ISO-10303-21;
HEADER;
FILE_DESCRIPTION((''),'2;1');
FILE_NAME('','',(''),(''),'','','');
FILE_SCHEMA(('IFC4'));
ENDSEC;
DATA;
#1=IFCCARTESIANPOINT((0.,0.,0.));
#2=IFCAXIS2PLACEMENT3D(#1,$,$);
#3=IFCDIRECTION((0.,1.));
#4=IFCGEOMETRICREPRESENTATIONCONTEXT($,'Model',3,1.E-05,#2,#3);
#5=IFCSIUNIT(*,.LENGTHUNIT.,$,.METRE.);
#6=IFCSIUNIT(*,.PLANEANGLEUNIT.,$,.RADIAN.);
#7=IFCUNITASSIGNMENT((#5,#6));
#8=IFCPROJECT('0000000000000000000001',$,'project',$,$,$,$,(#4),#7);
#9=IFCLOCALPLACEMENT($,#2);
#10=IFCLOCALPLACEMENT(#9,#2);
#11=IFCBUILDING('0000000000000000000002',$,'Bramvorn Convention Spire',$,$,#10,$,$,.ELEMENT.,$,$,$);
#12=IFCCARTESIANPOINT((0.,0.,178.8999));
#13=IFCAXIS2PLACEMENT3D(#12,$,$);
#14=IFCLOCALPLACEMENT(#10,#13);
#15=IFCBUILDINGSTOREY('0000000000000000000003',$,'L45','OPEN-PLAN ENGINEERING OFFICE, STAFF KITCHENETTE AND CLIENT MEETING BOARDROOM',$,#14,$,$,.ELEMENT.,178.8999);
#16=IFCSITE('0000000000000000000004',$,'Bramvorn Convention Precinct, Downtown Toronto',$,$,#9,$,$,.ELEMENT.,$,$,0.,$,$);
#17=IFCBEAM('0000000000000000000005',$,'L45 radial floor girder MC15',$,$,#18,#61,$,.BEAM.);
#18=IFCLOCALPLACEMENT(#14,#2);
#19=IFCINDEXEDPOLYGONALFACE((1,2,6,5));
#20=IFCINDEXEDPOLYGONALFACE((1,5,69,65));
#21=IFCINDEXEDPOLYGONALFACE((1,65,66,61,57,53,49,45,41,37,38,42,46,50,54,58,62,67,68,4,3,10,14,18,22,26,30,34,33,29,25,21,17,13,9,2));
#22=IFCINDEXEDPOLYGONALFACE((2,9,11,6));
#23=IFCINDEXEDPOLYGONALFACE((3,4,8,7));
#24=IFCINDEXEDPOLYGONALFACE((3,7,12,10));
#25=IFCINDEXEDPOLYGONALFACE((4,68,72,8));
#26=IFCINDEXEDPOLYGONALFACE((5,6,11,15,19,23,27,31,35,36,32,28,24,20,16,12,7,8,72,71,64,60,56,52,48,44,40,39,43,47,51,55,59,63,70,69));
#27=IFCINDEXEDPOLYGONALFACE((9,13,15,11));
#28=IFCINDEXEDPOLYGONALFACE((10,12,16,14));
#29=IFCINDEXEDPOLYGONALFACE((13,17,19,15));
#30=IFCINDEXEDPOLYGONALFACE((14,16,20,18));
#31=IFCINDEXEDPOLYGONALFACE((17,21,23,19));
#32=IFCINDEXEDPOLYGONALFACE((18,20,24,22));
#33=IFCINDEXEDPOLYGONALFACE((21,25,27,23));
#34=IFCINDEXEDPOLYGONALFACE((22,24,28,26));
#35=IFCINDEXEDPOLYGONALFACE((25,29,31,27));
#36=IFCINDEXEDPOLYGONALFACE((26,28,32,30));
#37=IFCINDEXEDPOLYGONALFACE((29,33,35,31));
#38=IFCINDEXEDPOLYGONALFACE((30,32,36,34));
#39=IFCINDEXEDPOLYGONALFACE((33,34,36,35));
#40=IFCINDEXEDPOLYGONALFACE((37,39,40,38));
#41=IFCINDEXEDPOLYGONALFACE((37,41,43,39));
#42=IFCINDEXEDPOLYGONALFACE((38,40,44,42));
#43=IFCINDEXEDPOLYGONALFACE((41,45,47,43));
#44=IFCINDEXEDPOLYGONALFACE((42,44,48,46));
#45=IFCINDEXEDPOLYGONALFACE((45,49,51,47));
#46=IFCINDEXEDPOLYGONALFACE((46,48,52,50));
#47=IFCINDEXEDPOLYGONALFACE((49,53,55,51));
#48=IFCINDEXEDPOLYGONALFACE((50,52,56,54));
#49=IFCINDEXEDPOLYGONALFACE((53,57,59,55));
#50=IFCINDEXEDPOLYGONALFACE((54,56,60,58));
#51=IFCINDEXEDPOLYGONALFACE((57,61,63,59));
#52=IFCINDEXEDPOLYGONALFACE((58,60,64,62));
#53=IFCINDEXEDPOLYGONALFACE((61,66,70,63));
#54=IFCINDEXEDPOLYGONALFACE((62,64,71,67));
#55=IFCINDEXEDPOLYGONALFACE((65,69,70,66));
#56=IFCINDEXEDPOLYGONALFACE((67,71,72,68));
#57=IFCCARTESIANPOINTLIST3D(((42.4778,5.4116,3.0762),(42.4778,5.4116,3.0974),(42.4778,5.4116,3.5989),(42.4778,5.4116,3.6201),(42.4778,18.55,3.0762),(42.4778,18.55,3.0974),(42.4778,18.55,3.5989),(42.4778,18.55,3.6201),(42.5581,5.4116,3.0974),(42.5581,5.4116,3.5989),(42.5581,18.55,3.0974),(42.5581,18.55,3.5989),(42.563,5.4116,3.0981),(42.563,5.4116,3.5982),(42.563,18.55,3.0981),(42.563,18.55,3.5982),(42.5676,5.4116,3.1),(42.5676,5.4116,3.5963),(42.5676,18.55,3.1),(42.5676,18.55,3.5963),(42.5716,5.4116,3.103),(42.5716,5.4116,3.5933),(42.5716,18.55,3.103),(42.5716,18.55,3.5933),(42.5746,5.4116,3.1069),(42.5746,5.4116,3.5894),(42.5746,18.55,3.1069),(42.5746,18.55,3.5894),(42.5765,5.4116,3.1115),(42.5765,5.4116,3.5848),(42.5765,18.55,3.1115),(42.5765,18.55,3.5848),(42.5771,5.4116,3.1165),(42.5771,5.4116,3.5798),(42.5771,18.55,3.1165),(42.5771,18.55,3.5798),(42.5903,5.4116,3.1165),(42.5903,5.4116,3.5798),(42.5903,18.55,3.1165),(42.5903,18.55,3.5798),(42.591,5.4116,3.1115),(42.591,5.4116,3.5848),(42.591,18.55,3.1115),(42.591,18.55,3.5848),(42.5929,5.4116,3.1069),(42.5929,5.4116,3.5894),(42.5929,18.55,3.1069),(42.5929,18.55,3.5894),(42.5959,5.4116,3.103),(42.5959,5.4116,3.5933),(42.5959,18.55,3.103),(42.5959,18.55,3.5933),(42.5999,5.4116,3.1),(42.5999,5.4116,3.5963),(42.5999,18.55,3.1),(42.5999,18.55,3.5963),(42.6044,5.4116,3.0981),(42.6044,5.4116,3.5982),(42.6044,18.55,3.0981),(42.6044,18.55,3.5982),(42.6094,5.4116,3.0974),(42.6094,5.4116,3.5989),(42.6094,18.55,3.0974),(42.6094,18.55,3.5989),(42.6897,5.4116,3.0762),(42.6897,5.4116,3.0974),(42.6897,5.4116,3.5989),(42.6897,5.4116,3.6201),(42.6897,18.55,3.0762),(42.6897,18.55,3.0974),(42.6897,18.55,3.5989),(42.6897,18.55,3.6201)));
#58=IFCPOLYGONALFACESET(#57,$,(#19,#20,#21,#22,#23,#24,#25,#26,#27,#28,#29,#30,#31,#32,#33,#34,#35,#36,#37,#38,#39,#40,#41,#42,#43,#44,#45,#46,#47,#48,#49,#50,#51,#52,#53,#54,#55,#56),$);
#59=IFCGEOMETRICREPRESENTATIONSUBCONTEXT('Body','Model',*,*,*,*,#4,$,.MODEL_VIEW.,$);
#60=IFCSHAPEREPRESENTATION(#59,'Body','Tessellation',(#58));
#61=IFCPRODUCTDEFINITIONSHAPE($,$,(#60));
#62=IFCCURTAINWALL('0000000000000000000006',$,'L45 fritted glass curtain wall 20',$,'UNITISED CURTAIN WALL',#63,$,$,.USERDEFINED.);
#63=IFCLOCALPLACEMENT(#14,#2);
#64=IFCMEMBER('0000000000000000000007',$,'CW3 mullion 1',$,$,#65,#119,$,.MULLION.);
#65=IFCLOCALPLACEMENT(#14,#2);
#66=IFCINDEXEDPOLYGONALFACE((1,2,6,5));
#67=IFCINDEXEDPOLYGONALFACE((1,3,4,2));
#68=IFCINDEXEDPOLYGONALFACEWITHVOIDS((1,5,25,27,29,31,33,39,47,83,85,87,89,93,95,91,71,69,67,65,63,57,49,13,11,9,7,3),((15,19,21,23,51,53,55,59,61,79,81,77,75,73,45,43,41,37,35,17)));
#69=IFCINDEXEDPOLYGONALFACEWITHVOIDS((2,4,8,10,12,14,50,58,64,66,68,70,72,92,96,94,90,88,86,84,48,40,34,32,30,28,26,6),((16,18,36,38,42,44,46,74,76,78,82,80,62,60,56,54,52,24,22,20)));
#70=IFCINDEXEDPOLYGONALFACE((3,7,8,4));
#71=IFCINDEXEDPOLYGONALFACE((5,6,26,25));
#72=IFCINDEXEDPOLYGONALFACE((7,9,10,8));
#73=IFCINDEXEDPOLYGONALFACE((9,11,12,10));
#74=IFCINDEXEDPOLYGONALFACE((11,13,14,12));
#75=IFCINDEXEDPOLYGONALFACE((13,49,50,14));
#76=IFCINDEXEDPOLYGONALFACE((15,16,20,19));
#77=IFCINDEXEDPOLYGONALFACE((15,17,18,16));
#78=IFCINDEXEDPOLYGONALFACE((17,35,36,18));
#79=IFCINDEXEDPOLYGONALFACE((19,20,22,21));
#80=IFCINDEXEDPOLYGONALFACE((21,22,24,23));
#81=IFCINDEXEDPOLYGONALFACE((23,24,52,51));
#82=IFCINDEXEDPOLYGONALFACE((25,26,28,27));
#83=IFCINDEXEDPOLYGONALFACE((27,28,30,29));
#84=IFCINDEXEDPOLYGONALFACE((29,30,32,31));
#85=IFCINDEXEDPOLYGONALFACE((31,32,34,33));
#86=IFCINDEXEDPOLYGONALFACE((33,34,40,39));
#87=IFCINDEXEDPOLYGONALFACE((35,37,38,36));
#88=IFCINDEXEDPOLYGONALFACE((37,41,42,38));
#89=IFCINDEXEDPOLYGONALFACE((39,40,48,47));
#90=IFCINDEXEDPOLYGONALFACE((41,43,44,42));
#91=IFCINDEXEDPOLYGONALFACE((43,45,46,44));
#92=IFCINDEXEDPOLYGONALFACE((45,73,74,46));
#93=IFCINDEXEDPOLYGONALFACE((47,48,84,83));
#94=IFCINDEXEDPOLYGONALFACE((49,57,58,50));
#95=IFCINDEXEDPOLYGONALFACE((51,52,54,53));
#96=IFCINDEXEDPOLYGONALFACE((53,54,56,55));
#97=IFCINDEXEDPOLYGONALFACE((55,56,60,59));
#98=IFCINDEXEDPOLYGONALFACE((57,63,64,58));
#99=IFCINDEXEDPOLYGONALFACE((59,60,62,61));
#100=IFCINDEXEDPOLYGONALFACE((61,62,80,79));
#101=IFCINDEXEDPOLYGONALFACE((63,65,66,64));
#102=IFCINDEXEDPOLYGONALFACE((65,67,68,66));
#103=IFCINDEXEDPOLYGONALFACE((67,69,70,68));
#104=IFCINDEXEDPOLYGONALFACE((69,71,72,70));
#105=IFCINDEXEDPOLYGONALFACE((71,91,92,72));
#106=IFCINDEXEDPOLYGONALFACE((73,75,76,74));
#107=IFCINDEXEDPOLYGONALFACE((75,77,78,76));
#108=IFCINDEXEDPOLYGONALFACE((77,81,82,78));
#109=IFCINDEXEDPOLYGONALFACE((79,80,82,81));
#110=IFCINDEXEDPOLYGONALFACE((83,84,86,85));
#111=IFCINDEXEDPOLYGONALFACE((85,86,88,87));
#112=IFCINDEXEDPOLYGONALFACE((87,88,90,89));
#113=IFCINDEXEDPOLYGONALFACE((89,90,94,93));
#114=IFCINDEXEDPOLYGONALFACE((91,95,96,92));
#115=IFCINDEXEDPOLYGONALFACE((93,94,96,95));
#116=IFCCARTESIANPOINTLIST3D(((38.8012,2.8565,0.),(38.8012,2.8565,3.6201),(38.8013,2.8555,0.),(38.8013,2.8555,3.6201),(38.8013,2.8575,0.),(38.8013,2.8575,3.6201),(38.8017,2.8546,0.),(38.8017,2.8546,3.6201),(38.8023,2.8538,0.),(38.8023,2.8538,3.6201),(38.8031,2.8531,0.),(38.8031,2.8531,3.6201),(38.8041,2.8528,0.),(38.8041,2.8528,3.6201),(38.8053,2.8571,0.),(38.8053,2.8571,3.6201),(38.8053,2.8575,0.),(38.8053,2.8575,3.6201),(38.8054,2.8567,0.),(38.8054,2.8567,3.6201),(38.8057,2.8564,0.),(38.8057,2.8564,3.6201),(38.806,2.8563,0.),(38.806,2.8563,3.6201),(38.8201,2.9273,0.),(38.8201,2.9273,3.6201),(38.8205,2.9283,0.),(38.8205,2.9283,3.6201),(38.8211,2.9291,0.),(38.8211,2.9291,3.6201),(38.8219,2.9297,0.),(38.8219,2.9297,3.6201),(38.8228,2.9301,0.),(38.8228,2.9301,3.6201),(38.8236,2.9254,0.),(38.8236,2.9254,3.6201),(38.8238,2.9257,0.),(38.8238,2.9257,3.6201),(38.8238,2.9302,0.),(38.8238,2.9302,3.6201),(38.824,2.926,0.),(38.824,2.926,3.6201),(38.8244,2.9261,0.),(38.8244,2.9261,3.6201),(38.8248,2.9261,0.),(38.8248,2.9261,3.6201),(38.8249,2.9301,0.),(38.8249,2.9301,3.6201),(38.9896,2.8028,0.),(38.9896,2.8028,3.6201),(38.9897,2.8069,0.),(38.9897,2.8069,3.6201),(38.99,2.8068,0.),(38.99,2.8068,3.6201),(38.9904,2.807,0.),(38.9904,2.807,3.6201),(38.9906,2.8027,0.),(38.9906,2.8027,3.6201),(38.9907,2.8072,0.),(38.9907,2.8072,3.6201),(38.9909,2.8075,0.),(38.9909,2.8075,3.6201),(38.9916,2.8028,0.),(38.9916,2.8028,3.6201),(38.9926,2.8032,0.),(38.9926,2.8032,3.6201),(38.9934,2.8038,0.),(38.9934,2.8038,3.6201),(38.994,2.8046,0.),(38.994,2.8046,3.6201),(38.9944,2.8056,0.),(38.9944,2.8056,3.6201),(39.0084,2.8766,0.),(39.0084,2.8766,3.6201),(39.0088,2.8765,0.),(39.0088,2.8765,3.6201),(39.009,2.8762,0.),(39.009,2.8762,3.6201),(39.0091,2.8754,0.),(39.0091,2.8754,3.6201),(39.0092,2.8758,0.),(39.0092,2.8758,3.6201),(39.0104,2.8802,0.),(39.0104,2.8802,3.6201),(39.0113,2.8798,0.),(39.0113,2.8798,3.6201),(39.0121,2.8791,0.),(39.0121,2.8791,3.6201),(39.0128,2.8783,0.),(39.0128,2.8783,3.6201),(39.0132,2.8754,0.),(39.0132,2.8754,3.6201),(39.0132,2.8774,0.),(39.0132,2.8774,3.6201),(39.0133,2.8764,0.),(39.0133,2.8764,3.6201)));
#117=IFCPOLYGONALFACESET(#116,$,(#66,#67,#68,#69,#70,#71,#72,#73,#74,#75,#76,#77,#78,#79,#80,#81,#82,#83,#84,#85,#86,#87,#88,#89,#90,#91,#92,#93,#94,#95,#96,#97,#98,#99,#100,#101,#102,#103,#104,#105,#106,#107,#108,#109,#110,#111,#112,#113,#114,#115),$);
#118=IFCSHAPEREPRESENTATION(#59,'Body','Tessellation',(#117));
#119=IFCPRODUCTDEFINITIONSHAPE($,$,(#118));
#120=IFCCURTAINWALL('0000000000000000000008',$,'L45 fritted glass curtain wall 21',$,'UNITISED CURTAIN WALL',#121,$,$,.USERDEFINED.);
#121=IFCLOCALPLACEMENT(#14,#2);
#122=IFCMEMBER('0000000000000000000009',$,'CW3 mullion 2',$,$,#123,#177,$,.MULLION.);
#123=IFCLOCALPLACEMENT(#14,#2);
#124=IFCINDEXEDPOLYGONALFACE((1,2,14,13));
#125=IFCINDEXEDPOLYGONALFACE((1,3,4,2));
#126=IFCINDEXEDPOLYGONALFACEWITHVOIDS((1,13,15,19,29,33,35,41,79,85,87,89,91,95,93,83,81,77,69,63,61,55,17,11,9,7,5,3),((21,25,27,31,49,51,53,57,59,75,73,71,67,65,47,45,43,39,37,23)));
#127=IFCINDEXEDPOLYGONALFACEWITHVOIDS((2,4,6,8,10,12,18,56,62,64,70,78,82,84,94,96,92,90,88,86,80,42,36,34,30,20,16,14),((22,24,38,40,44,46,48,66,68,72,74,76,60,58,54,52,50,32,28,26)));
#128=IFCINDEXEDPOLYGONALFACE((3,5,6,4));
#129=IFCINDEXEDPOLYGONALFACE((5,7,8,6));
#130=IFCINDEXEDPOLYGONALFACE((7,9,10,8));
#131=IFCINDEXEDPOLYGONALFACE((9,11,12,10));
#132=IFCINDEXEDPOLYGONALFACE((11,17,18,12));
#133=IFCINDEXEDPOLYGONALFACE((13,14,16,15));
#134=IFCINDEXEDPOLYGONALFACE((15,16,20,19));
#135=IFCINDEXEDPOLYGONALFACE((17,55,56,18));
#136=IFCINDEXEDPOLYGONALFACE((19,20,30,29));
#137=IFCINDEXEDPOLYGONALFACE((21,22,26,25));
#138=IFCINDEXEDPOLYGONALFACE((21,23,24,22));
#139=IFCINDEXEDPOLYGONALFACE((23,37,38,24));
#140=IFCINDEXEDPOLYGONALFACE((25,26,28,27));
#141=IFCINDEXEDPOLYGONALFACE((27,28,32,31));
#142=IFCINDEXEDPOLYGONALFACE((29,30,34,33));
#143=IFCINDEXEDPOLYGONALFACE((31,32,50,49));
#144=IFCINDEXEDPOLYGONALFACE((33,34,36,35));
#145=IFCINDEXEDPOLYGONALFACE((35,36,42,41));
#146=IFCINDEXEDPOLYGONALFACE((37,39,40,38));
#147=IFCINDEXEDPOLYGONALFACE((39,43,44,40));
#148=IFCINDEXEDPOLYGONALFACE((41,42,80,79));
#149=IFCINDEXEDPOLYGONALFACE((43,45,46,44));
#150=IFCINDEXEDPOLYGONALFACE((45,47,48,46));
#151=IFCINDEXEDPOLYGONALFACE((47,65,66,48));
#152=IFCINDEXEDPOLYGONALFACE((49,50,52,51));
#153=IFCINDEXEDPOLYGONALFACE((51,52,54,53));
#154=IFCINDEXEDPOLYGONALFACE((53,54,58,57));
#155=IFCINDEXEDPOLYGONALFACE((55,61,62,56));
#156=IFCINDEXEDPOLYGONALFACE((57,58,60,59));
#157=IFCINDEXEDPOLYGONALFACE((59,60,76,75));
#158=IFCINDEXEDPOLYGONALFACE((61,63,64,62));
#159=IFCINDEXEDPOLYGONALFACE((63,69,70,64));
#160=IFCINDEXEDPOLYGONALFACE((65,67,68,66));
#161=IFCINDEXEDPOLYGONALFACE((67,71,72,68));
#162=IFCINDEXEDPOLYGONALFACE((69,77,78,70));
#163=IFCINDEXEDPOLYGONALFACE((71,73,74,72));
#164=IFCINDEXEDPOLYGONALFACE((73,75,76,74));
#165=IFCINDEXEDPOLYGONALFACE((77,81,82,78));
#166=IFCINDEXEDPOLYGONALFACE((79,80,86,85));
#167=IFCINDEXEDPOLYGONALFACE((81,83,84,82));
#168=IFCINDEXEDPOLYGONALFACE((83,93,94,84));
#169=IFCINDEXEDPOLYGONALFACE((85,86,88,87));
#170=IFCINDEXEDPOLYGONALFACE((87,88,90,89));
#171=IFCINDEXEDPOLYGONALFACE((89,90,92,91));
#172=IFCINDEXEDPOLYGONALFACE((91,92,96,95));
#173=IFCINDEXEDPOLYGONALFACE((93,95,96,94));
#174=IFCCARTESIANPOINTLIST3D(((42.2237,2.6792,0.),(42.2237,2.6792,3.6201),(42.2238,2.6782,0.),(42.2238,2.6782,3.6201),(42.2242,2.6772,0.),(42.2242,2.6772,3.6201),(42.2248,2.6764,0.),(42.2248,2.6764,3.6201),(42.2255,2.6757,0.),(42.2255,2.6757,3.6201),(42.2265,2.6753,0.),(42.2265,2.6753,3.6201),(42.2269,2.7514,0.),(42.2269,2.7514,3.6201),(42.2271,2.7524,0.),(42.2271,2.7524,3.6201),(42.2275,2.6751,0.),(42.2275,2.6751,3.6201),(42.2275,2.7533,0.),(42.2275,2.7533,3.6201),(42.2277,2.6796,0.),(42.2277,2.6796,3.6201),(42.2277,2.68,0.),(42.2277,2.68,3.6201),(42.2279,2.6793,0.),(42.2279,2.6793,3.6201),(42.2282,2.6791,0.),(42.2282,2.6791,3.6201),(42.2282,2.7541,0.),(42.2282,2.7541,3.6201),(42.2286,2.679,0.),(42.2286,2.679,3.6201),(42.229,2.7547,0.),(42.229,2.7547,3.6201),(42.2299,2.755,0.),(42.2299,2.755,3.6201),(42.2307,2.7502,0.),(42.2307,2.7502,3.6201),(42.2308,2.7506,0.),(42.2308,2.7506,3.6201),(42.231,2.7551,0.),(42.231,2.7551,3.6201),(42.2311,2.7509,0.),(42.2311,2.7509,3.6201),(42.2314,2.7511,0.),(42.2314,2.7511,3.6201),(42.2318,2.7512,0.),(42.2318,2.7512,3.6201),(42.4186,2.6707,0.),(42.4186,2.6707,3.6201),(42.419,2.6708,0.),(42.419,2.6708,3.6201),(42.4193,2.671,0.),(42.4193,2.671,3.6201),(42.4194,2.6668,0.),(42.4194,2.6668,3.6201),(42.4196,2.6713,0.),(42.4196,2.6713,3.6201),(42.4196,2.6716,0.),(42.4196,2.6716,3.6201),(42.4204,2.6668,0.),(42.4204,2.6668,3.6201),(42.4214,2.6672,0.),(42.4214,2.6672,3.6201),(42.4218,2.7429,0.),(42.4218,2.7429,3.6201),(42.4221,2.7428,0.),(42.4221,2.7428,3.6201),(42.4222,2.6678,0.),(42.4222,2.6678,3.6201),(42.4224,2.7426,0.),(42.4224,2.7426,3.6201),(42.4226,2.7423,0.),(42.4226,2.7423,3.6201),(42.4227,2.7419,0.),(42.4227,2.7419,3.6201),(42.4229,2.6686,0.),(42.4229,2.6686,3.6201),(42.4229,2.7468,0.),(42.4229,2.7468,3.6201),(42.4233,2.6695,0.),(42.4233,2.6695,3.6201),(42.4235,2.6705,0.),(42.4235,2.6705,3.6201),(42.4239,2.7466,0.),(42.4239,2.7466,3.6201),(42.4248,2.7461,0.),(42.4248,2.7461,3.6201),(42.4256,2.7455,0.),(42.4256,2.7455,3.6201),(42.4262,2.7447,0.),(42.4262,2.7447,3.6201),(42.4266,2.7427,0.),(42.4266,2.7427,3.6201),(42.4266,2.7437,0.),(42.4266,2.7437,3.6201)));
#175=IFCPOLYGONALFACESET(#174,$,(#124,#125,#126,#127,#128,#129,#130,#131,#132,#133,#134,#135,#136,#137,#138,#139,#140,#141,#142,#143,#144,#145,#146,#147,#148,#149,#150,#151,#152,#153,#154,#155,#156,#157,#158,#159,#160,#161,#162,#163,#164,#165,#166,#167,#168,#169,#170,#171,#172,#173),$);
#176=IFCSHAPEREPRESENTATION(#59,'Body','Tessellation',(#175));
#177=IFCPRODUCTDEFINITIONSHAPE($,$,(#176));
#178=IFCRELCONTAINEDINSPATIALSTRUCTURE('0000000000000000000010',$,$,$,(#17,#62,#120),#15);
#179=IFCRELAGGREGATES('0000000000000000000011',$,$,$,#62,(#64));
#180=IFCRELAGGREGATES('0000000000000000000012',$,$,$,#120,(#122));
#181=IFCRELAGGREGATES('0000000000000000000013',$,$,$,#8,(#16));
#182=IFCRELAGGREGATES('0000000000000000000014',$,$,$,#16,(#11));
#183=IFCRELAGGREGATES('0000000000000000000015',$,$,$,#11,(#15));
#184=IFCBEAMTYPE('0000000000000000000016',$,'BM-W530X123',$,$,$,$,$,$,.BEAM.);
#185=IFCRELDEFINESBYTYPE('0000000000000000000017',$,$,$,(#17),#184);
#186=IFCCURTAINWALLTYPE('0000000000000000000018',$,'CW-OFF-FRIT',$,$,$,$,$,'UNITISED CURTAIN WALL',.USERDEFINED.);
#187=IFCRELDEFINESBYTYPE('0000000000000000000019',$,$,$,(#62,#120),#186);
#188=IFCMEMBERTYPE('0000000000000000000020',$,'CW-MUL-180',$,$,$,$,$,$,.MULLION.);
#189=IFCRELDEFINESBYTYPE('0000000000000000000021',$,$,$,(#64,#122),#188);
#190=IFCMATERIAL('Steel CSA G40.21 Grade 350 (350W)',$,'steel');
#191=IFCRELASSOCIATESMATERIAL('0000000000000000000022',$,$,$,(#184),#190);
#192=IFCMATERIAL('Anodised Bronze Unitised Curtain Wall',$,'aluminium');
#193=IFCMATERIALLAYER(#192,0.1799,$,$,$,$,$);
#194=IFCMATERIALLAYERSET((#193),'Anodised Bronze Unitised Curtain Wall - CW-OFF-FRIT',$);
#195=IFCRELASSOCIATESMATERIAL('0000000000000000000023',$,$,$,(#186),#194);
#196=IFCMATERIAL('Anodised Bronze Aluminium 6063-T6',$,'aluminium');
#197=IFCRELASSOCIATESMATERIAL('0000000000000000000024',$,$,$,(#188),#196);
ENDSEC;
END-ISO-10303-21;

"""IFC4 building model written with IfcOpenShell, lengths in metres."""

from ifc_helpers import new_model, si_unit, direction, frame, origin, origin_2d, place, context, subcontext, project, spatial, hollow_rectangle, i_section, extrude, material, layer, layer_set, material_profile, profile_set, type_object, element, aggregate, save


model = new_model("IFC4")

# Units and contexts
model_context = context("Model", 3, precision=1e-05, world=origin(), true_north=direction((0.0, 1.0)))
body_context = subcontext(model_context, "Body", "Model", "MODEL_VIEW")
ifc_project = project(units=[si_unit("LENGTHUNIT", "METRE"), si_unit("PLANEANGLEUNIT", "RADIAN")], contexts=[model_context])

# Site, building, storey
site_placement = place(None, origin())
site = spatial("IfcSite", under=ifc_project, at=site_placement, Name="Bramvorn Convention Precinct, Downtown Toronto", CompositionType="ELEMENT", RefElevation=0.0)
building_placement = place(site_placement, origin())
building = spatial("IfcBuilding", under=site, at=building_placement, Name="Bramvorn Convention Spire", CompositionType="ELEMENT")
storey_placement = place(building_placement, frame((0.0, 0.0, 178.8999)))
storey = spatial("IfcBuildingStorey", under=building, at=storey_placement, Name="L45", Description="OPEN-PLAN ENGINEERING OFFICE, STAFF KITCHENETTE AND CLIENT MEETING BOARDROOM", CompositionType="ELEMENT", Elevation=178.8999)

# Shared definitions
ifc_material_1 = material(Name="Steel CSA G40.21 Grade 350 (350W)", Category="steel")

# Beam
ifc_material_profile_1 = material_profile(ifc_material_1, i_section(OverallWidth=0.2119, OverallDepth=0.5439, WebThickness=0.0132, FlangeThickness=0.0212, FilletRadius=0.019, at=origin_2d()))
ifc_profile_set_1 = profile_set([ifc_material_profile_1], Name="Steel CSA G40.21 Grade 350 (350W) - W530X123")
beam_type_1 = type_object("IfcBeamType", Name="BM-W530X123", PredefinedType="BEAM", material=ifc_profile_set_1)
beam_1_placement = place(storey_placement, frame((42.5837, 18.55, 3.3481), z_axis=(0.0, -1.0, 0.0), x_axis=(1.0, 0.0, 0.0)))
element("IfcBeam", 1, at=beam_1_placement, inside=storey, type_object=beam_type_1, Name="L45 radial floor girder MC15", PredefinedType="BEAM", context=body_context, shape_type="SweptSolid", body=[
    extrude(i_section(OverallWidth=0.2119, OverallDepth=0.5439, WebThickness=0.0132, FlangeThickness=0.0212, FilletRadius=0.019, at=origin_2d()), origin(), (0.0, 0.0, 1.0), 13.1384),
])

# Curtain wall, member
ifc_material_2 = material(Name="Anodised Bronze Unitised Curtain Wall", Category="aluminium")
ifc_layer_1 = layer(ifc_material_2, 0.1799)
ifc_layer_set_1 = layer_set([ifc_layer_1], Name="Anodised Bronze Unitised Curtain Wall - CW-OFF-FRIT")
curtain_wall_type = type_object("IfcCurtainWallType", Name="CW-OFF-FRIT", ElementType="UNITISED CURTAIN WALL", PredefinedType="USERDEFINED", material=ifc_layer_set_1)
curtain_wall_1_placement = place(storey_placement, origin())
curtain_wall_1 = element("IfcCurtainWall", 2, at=curtain_wall_1_placement, inside=storey, type_object=curtain_wall_type, Name="L45 fritted glass curtain wall 20", ObjectType="UNITISED CURTAIN WALL", PredefinedType="USERDEFINED")
ifc_material_3 = material(Name="Anodised Bronze Aluminium 6063-T6", Category="aluminium")
ifc_material_profile_2 = material_profile(ifc_material_3, hollow_rectangle(XDim=0.0801, YDim=0.2, WallThickness=0.0039, InnerFilletRadius=0.001, OuterFilletRadius=0.0039, at=origin_2d()))
ifc_profile_set_2 = profile_set([ifc_material_profile_2], Name="Anodised Bronze Aluminium 6063-T6 - CWM80X200")
member_type_1 = type_object("IfcMemberType", Name="CW-MUL-180", PredefinedType="MULLION", material=ifc_profile_set_2)
member_1_placement = place(storey_placement, frame((38.9072, 2.8665, 0.0), z_axis=(0.0, 0.0, 1.0), x_axis=(-0.259831, -0.965654, 0.0)))
member_1 = element("IfcMember", 3, at=member_1_placement, type_object=member_type_1, Name="CW3 mullion 1", PredefinedType="MULLION", context=body_context, shape_type="SweptSolid", body=[
    extrude(hollow_rectangle(XDim=0.0801, YDim=0.2, WallThickness=0.0039, InnerFilletRadius=0.001, OuterFilletRadius=0.0039, at=origin_2d()), origin(), (0.0, 0.0, 1.0), 3.6201),
])

# Curtain wall, member
curtain_wall_2_placement = place(storey_placement, origin())
curtain_wall_2 = element("IfcCurtainWall", 4, at=curtain_wall_2_placement, inside=storey, type_object=curtain_wall_type, Name="L45 fritted glass curtain wall 21", ObjectType="UNITISED CURTAIN WALL", PredefinedType="USERDEFINED")
member_2_placement = place(storey_placement, frame((42.3252, 2.7109, 0.0), z_axis=(0.0, 0.0, 1.0), x_axis=(-0.043555, -0.999051, 0.0)))
member_2 = element("IfcMember", 5, at=member_2_placement, type_object=member_type_1, Name="CW3 mullion 2", PredefinedType="MULLION", context=body_context, shape_type="SweptSolid", body=[
    extrude(hollow_rectangle(XDim=0.0801, YDim=0.2, WallThickness=0.0039, InnerFilletRadius=0.001, OuterFilletRadius=0.0039, at=origin_2d()), origin(), (0.0, 0.0, 1.0), 3.6201),
])

aggregate(curtain_wall_1, [member_1])
aggregate(curtain_wall_2, [member_2])

save(model, "model.ifc")
